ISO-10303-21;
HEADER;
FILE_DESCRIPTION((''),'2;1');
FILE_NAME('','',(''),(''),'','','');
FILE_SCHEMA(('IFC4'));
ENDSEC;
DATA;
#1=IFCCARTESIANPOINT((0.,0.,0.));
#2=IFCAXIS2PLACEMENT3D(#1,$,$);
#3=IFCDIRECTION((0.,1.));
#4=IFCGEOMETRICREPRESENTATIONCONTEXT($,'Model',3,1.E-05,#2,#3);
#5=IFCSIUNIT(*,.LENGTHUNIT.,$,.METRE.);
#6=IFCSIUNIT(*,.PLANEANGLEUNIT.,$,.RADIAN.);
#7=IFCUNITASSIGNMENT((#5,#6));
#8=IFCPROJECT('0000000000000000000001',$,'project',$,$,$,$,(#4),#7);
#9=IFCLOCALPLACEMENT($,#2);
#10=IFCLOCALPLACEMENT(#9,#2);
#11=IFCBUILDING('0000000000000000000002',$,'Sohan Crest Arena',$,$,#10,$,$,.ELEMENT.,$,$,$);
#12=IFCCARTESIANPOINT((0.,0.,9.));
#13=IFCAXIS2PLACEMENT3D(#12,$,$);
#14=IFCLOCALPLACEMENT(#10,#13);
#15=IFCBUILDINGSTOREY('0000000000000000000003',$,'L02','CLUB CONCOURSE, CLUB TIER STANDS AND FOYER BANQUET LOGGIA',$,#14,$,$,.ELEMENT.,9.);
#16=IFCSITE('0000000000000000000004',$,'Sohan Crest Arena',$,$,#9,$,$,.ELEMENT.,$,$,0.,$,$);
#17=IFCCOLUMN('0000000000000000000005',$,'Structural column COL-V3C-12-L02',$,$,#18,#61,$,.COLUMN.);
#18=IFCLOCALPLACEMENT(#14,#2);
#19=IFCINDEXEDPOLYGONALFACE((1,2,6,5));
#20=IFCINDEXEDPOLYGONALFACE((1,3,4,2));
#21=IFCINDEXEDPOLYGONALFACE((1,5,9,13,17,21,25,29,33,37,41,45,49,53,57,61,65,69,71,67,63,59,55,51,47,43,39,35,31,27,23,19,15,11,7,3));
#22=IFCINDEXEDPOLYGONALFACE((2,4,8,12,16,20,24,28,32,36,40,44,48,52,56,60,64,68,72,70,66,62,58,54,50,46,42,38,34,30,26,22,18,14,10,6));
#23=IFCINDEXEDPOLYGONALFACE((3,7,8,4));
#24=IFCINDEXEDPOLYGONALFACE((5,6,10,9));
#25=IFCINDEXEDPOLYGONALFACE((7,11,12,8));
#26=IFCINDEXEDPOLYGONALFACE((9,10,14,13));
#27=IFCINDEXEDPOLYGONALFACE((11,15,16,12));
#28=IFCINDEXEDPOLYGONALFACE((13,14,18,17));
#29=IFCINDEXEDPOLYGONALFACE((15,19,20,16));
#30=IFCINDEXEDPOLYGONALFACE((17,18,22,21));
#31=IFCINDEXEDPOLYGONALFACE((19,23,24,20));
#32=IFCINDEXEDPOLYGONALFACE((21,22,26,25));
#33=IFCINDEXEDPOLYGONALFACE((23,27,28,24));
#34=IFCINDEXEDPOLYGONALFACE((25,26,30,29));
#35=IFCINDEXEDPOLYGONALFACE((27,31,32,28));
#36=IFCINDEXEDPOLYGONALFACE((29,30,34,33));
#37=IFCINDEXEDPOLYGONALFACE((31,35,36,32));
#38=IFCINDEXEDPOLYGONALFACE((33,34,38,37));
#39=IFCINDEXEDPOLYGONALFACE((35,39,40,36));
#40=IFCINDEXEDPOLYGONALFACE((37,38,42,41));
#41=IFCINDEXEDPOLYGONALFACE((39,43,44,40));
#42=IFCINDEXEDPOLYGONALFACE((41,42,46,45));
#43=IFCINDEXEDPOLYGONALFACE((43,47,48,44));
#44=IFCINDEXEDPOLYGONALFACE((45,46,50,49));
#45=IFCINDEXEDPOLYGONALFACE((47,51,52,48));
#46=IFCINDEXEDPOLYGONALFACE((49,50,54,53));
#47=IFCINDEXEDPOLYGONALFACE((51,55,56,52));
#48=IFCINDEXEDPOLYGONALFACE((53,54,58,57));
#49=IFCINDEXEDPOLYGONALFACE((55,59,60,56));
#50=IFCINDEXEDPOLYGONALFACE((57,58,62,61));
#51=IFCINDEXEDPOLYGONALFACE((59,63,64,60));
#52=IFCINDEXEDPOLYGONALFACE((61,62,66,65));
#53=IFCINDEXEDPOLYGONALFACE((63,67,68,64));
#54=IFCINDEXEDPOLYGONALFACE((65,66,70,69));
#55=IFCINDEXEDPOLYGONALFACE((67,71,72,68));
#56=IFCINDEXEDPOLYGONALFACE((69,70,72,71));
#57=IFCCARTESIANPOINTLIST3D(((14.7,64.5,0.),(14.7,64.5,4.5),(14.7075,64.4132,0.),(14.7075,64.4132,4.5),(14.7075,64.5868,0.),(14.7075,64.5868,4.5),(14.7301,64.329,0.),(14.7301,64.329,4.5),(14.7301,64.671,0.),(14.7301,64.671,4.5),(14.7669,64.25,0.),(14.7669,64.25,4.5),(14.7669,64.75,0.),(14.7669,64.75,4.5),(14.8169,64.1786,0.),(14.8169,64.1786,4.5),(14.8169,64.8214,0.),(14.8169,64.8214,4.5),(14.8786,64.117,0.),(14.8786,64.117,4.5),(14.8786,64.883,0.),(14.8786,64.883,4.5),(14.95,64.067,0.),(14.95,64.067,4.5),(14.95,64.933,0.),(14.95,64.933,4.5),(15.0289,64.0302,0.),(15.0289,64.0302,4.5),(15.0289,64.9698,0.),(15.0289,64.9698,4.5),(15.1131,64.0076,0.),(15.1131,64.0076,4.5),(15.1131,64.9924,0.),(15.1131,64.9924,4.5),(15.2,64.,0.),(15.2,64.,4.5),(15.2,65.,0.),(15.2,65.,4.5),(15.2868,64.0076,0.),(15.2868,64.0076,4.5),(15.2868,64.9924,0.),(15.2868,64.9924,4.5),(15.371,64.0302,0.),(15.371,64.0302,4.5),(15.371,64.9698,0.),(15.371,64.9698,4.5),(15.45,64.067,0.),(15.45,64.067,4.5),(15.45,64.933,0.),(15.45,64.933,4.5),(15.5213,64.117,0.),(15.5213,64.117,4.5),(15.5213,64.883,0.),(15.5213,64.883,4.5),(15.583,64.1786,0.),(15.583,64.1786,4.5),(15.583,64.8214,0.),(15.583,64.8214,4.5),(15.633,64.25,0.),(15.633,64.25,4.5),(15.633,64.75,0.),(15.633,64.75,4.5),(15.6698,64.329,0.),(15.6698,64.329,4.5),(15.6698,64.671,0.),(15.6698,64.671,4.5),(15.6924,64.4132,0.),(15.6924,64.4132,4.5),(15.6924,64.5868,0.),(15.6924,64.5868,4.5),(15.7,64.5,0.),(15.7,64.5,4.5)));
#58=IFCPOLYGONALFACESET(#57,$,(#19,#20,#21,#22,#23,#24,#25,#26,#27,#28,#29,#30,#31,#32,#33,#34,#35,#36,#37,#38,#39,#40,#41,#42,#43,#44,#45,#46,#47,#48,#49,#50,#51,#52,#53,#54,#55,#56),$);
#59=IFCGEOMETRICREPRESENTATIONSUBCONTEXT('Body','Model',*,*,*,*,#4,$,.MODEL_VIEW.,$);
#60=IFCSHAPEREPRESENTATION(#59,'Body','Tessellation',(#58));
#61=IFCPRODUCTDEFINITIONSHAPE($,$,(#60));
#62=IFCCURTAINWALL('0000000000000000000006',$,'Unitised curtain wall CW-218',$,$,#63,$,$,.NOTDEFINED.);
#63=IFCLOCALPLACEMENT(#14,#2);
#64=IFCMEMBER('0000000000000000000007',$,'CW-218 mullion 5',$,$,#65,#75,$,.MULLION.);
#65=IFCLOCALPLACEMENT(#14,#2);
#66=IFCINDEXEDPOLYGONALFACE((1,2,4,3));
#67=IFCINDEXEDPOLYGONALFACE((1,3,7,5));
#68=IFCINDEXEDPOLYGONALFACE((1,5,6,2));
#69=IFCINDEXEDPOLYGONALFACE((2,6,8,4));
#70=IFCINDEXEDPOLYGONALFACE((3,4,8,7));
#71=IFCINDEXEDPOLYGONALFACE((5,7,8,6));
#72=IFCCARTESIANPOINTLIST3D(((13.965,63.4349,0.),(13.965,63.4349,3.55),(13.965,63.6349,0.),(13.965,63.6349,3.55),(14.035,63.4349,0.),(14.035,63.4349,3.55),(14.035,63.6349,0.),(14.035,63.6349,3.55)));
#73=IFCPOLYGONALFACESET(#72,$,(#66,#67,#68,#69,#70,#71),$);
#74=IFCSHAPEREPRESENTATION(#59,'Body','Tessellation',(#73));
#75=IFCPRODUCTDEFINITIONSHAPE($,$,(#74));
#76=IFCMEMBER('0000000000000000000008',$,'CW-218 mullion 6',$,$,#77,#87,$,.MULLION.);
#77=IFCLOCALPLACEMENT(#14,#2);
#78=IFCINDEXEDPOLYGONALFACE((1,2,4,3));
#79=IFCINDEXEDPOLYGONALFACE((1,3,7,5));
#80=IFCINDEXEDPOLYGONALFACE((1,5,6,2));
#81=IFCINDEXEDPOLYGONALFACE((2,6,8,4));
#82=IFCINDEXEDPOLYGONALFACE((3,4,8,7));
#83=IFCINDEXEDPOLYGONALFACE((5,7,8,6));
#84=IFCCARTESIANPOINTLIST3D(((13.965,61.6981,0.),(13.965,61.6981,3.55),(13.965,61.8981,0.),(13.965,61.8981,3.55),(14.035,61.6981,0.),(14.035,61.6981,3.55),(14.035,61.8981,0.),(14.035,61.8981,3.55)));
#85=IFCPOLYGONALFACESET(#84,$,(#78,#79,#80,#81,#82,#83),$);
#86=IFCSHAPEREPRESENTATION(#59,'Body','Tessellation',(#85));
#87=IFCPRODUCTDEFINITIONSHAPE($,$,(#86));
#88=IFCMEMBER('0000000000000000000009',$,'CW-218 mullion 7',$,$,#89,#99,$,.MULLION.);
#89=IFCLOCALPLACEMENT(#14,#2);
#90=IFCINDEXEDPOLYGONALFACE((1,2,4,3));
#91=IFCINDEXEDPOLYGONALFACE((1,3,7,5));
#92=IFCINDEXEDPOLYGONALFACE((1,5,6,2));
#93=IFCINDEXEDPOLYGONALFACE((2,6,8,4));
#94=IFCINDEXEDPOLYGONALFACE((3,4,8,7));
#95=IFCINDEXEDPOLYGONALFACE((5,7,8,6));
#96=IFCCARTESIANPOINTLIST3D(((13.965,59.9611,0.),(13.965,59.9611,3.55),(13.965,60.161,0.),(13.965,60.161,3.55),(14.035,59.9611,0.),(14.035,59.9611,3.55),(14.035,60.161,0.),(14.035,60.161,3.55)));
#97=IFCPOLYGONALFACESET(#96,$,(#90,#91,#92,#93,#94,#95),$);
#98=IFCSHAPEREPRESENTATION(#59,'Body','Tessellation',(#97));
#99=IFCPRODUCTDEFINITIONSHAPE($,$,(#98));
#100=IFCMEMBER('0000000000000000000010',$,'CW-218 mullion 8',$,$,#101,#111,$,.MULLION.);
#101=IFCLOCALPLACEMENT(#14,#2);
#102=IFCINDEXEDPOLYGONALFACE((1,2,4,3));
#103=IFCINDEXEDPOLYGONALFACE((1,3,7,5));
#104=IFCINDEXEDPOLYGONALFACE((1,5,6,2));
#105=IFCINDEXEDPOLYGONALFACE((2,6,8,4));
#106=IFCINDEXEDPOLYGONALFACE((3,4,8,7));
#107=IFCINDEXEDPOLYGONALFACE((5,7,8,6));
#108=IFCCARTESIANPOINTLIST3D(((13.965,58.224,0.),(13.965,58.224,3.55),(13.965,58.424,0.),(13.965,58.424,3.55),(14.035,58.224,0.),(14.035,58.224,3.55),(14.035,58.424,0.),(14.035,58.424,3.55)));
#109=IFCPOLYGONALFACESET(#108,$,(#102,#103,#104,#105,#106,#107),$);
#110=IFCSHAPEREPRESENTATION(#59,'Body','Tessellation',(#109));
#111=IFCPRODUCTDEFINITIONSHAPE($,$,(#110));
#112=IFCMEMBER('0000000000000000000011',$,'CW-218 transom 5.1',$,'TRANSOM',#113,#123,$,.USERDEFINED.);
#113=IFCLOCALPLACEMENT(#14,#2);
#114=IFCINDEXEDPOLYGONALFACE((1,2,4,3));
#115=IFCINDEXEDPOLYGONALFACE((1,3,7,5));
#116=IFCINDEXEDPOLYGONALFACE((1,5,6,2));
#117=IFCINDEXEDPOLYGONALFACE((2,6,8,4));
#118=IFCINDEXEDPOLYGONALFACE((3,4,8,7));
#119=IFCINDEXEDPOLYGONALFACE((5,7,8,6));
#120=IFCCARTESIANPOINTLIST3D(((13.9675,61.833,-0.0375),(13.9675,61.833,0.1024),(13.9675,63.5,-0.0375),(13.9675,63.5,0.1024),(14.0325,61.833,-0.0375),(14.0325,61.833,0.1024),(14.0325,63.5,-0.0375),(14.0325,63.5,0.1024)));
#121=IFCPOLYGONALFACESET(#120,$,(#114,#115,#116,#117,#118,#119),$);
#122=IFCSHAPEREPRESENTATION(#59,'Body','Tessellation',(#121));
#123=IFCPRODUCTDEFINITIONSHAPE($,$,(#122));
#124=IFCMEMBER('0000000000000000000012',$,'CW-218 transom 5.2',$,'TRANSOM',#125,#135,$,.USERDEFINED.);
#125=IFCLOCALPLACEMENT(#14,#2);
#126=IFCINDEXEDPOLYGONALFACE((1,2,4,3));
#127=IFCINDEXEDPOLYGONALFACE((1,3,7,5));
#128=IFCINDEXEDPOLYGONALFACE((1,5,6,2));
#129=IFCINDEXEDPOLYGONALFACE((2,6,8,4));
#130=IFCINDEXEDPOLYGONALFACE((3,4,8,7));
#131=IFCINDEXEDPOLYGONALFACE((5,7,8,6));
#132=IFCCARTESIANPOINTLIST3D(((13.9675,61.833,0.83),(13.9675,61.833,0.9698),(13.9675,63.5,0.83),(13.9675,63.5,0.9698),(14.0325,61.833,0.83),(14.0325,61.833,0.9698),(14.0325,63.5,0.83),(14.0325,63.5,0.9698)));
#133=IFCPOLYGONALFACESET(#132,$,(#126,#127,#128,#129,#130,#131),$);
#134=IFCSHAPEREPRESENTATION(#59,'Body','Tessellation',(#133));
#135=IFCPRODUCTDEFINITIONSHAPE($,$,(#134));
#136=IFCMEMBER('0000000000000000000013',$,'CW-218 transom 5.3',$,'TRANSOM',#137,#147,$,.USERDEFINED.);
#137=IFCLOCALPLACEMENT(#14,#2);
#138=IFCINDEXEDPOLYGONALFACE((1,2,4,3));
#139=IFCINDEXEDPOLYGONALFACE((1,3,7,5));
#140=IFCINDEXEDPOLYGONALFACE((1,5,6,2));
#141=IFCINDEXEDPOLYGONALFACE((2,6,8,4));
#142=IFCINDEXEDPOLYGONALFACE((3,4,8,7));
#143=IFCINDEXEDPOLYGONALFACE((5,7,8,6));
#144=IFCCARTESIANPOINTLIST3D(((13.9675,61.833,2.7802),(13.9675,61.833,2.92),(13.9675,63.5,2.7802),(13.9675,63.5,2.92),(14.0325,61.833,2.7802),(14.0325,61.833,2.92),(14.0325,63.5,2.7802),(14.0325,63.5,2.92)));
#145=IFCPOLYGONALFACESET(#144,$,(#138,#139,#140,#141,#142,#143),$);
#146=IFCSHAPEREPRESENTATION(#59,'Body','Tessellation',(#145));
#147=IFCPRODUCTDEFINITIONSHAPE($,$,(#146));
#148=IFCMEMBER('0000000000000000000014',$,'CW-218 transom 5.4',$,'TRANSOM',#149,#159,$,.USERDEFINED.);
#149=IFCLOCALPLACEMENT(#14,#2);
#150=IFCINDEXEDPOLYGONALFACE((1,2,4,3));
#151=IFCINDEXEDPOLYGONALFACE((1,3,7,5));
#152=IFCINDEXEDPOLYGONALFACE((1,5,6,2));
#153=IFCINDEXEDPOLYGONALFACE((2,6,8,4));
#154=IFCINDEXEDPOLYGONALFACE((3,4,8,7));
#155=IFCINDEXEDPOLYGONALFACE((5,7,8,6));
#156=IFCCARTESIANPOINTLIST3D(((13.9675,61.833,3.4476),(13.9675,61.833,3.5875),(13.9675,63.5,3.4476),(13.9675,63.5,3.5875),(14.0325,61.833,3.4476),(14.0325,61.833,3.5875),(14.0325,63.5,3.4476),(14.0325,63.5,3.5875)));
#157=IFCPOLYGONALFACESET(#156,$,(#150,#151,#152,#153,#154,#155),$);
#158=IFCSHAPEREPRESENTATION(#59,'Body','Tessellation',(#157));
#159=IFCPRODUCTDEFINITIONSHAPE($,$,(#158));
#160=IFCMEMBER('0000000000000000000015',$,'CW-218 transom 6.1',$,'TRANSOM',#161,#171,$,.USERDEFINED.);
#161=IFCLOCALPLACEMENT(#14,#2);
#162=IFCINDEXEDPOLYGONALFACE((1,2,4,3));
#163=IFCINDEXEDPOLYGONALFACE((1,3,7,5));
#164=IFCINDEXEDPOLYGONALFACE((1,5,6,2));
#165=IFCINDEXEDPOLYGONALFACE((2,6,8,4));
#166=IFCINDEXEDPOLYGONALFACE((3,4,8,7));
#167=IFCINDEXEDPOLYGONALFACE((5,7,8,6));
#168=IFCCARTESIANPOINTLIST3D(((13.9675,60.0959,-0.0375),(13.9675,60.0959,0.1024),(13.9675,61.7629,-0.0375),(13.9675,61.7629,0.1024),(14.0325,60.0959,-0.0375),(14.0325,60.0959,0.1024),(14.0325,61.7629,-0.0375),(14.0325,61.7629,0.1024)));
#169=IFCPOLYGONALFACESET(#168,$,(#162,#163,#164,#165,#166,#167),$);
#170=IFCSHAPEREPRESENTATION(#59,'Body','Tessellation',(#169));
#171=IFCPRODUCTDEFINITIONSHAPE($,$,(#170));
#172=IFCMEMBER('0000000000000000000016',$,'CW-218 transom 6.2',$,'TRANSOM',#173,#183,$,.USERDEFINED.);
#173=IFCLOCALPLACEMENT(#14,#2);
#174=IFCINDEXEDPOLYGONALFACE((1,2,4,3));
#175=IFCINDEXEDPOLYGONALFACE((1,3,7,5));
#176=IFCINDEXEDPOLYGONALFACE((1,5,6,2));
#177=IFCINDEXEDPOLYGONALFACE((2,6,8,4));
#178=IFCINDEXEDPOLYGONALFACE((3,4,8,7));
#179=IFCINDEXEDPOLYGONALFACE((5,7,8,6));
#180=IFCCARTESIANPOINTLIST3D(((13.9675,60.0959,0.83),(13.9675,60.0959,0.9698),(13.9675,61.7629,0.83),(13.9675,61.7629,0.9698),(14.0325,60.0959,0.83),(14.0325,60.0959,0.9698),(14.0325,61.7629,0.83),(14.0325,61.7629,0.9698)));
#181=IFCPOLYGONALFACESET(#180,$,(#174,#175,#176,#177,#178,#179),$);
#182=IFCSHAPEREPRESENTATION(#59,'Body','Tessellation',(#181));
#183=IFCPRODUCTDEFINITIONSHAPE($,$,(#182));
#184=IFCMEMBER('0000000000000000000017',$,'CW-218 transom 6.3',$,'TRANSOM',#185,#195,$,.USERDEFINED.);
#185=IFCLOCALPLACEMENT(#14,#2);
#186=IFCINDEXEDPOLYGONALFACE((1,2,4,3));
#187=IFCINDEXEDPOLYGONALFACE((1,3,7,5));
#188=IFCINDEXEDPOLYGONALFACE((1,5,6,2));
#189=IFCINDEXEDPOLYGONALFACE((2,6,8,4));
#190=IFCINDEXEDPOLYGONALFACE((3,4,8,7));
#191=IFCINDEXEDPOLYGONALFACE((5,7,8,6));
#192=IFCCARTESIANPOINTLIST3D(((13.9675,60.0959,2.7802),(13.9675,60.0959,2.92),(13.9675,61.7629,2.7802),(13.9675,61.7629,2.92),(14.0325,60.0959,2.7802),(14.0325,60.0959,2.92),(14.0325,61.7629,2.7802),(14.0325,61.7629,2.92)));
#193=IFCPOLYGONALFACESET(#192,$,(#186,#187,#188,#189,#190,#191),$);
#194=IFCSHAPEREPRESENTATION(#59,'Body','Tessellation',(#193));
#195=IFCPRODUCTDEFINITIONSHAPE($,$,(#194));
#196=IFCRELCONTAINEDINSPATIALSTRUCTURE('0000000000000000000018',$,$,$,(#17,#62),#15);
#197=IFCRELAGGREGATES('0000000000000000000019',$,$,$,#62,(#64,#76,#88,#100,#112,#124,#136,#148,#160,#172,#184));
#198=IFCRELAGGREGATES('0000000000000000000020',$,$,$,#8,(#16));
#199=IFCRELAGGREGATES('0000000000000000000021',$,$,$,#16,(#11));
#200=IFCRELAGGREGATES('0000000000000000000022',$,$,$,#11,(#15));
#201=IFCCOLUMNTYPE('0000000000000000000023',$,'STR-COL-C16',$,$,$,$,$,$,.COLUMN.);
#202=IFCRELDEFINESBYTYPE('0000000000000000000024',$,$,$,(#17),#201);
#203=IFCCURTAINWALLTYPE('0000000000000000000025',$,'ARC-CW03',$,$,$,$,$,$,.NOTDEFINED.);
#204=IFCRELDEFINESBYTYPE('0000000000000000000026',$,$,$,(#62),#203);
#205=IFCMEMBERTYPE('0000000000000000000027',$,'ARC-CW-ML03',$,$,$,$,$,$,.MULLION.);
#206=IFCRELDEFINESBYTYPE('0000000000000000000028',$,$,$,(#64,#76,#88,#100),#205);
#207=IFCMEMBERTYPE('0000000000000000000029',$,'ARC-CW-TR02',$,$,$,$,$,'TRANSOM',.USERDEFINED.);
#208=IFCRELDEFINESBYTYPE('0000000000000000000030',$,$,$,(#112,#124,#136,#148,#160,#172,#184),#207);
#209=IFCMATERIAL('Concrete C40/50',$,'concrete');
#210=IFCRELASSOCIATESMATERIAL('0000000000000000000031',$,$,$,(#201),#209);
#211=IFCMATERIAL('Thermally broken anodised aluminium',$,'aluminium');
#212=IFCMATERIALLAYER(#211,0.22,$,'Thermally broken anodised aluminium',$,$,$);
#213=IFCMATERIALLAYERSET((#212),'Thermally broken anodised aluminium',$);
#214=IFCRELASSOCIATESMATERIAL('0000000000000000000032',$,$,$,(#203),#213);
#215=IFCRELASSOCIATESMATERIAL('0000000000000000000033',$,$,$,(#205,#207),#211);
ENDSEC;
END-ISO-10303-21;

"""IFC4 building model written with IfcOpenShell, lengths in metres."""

from ifc_helpers import new_model, si_unit, direction, frame, origin, origin_2d, place, context, subcontext, project, spatial, rectangle, circle, extrude, material, layer, layer_set, material_profile, profile_set, type_object, element, aggregate, save


model = new_model("IFC4")

# Units and contexts
model_context = context("Model", 3, precision=1e-05, world=origin(), true_north=direction((0.0, 1.0)))
body_context = subcontext(model_context, "Body", "Model", "MODEL_VIEW")
ifc_project = project(units=[si_unit("LENGTHUNIT", "METRE"), si_unit("PLANEANGLEUNIT", "RADIAN")], contexts=[model_context])

# Site, building, storey
site_placement = place(None, origin())
site = spatial("IfcSite", under=ifc_project, at=site_placement, Name="Sohan Crest Arena", CompositionType="ELEMENT", RefElevation=0.0)
building_placement = place(site_placement, origin())
building = spatial("IfcBuilding", under=site, at=building_placement, Name="Sohan Crest Arena", CompositionType="ELEMENT")
storey_placement = place(building_placement, frame((0.0, 0.0, 9.0)))
storey = spatial("IfcBuildingStorey", under=building, at=storey_placement, Name="L02", Description="CLUB CONCOURSE, CLUB TIER STANDS AND FOYER BANQUET LOGGIA", CompositionType="ELEMENT", Elevation=9.0)

# Column
ifc_material_1 = material(Name="Concrete C40/50", Category="concrete")
ifc_material_profile_1 = material_profile(ifc_material_1, circle(Radius=0.5, at=origin_2d()), Name="RC D1000")
ifc_profile_set_1 = profile_set([ifc_material_profile_1], Name="Concrete C40/50")
column_type = type_object("IfcColumnType", Name="STR-COL-C16", PredefinedType="COLUMN", material=ifc_profile_set_1)
column_placement = place(storey_placement, frame((15.2, 64.5, 0.0), z_axis=(0.0, 0.0, 1.0), x_axis=(1.0, 0.0, 0.0)))
element("IfcColumn", 1, at=column_placement, inside=storey, type_object=column_type, Name="Structural column COL-V3C-12-L02", PredefinedType="COLUMN", context=body_context, shape_type="SweptSolid", body=[
    extrude(circle(Radius=0.5, at=origin_2d()), origin(), (0.0, 0.0, 1.0), 4.5),
])

# Curtain wall, members
ifc_material_2 = material(Name="Thermally broken anodised aluminium", Category="aluminium")
ifc_layer_1 = layer(ifc_material_2, 0.22, Name="Thermally broken anodised aluminium")
ifc_layer_set_1 = layer_set([ifc_layer_1], Name="Thermally broken anodised aluminium")
curtain_wall_type = type_object("IfcCurtainWallType", Name="ARC-CW03", PredefinedType="NOTDEFINED", material=ifc_layer_set_1)
curtain_wall_placement = place(storey_placement, origin())
curtain_wall = element("IfcCurtainWall", 2, at=curtain_wall_placement, inside=storey, type_object=curtain_wall_type, Name="Unitised curtain wall CW-218", PredefinedType="NOTDEFINED")
ifc_material_profile_2 = material_profile(ifc_material_2, rectangle(XDim=0.0701, YDim=0.2, at=origin_2d()), Name="ALU-MULL 70x200")
ifc_profile_set_2 = profile_set([ifc_material_profile_2], Name="Thermally broken anodised aluminium")
member_type_1 = type_object("IfcMemberType", Name="ARC-CW-ML03", PredefinedType="MULLION", material=ifc_profile_set_2)
member_1_placement = place(storey_placement, frame((14.0, 63.5349, 0.0), z_axis=(0.0, 0.0, 1.0), x_axis=(1.0, 0.0, 0.0)))
member_1 = element("IfcMember", 3, at=member_1_placement, type_object=member_type_1, Name="CW-218 mullion 5", PredefinedType="MULLION", context=body_context, shape_type="SweptSolid", body=[
    extrude(rectangle(XDim=0.0701, YDim=0.2, at=origin_2d()), origin(), (0.0, 0.0, 1.0), 3.55),
])
member_2_placement = place(storey_placement, frame((14.0, 61.7981, 0.0), z_axis=(0.0, 0.0, 1.0), x_axis=(1.0, 0.0, 0.0)))
member_2 = element("IfcMember", 4, at=member_2_placement, type_object=member_type_1, Name="CW-218 mullion 6", PredefinedType="MULLION", context=body_context, shape_type="SweptSolid", body=[
    extrude(rectangle(XDim=0.0701, YDim=0.2, at=origin_2d()), origin(), (0.0, 0.0, 1.0), 3.55),
])
member_3_placement = place(storey_placement, frame((14.0, 60.061, 0.0), z_axis=(0.0, 0.0, 1.0), x_axis=(1.0, 0.0, 0.0)))
member_3 = element("IfcMember", 5, at=member_3_placement, type_object=member_type_1, Name="CW-218 mullion 7", PredefinedType="MULLION", context=body_context, shape_type="SweptSolid", body=[
    extrude(rectangle(XDim=0.0701, YDim=0.2, at=origin_2d()), origin(), (0.0, 0.0, 1.0), 3.55),
])
member_4_placement = place(storey_placement, frame((14.0, 58.324, 0.0), z_axis=(0.0, 0.0, 1.0), x_axis=(1.0, 0.0, 0.0)))
member_4 = element("IfcMember", 6, at=member_4_placement, type_object=member_type_1, Name="CW-218 mullion 8", PredefinedType="MULLION", context=body_context, shape_type="SweptSolid", body=[
    extrude(rectangle(XDim=0.0701, YDim=0.2, at=origin_2d()), origin(), (0.0, 0.0, 1.0), 3.55),
])
ifc_material_profile_3 = material_profile(ifc_material_2, rectangle(XDim=0.0649, YDim=0.1399, at=origin_2d()), Name="ALU-TRAN 65x140")
ifc_profile_set_3 = profile_set([ifc_material_profile_3], Name="Thermally broken anodised aluminium")
member_type_2 = type_object("IfcMemberType", Name="ARC-CW-TR02", ElementType="TRANSOM", PredefinedType="USERDEFINED", material=ifc_profile_set_3)
member_5_placement = place(storey_placement, frame((14.0, 63.5, 0.0325), z_axis=(0.0, -1.0, 0.0), x_axis=(1.0, 0.0, 0.0)))
member_5 = element("IfcMember", 7, at=member_5_placement, type_object=member_type_2, Name="CW-218 transom 5.1", ObjectType="TRANSOM", PredefinedType="USERDEFINED", context=body_context, shape_type="SweptSolid", body=[
    extrude(rectangle(XDim=0.0649, YDim=0.1399, at=origin_2d()), origin(), (0.0, 0.0, 1.0), 1.667),
])
member_6_placement = place(storey_placement, frame((14.0, 63.5, 0.8999), z_axis=(0.0, -1.0, 0.0), x_axis=(1.0, 0.0, 0.0)))
member_6 = element("IfcMember", 8, at=member_6_placement, type_object=member_type_2, Name="CW-218 transom 5.2", ObjectType="TRANSOM", PredefinedType="USERDEFINED", context=body_context, shape_type="SweptSolid", body=[
    extrude(rectangle(XDim=0.0649, YDim=0.1399, at=origin_2d()), origin(), (0.0, 0.0, 1.0), 1.667),
])
member_7_placement = place(storey_placement, frame((14.0, 63.5, 2.8501), z_axis=(0.0, -1.0, 0.0), x_axis=(1.0, 0.0, 0.0)))
member_7 = element("IfcMember", 9, at=member_7_placement, type_object=member_type_2, Name="CW-218 transom 5.3", ObjectType="TRANSOM", PredefinedType="USERDEFINED", context=body_context, shape_type="SweptSolid", body=[
    extrude(rectangle(XDim=0.0649, YDim=0.1399, at=origin_2d()), origin(), (0.0, 0.0, 1.0), 1.667),
])
member_8_placement = place(storey_placement, frame((14.0, 63.5, 3.5176), z_axis=(0.0, -1.0, 0.0), x_axis=(1.0, 0.0, 0.0)))
member_8 = element("IfcMember", 10, at=member_8_placement, type_object=member_type_2, Name="CW-218 transom 5.4", ObjectType="TRANSOM", PredefinedType="USERDEFINED", context=body_context, shape_type="SweptSolid", body=[
    extrude(rectangle(XDim=0.0649, YDim=0.1399, at=origin_2d()), origin(), (0.0, 0.0, 1.0), 1.667),
])
member_9_placement = place(storey_placement, frame((14.0, 61.7629, 0.0325), z_axis=(0.0, -1.0, 0.0), x_axis=(1.0, 0.0, 0.0)))
member_9 = element("IfcMember", 11, at=member_9_placement, type_object=member_type_2, Name="CW-218 transom 6.1", ObjectType="TRANSOM", PredefinedType="USERDEFINED", context=body_context, shape_type="SweptSolid", body=[
    extrude(rectangle(XDim=0.0649, YDim=0.1399, at=origin_2d()), origin(), (0.0, 0.0, 1.0), 1.667),
])
member_10_placement = place(storey_placement, frame((14.0, 61.7629, 0.8999), z_axis=(0.0, -1.0, 0.0), x_axis=(1.0, 0.0, 0.0)))
member_10 = element("IfcMember", 12, at=member_10_placement, type_object=member_type_2, Name="CW-218 transom 6.2", ObjectType="TRANSOM", PredefinedType="USERDEFINED", context=body_context, shape_type="SweptSolid", body=[
    extrude(rectangle(XDim=0.0649, YDim=0.1399, at=origin_2d()), origin(), (0.0, 0.0, 1.0), 1.667),
])
member_11_placement = place(storey_placement, frame((14.0, 61.7629, 2.8501), z_axis=(0.0, -1.0, 0.0), x_axis=(1.0, 0.0, 0.0)))
member_11 = element("IfcMember", 13, at=member_11_placement, type_object=member_type_2, Name="CW-218 transom 6.3", ObjectType="TRANSOM", PredefinedType="USERDEFINED", context=body_context, shape_type="SweptSolid", body=[
    extrude(rectangle(XDim=0.0649, YDim=0.1399, at=origin_2d()), origin(), (0.0, 0.0, 1.0), 1.667),
])

aggregate(curtain_wall, [member_1, member_2, member_3, member_4, member_5, member_6, member_7, member_8, member_9, member_10, member_11])

save(model, "model.ifc")
